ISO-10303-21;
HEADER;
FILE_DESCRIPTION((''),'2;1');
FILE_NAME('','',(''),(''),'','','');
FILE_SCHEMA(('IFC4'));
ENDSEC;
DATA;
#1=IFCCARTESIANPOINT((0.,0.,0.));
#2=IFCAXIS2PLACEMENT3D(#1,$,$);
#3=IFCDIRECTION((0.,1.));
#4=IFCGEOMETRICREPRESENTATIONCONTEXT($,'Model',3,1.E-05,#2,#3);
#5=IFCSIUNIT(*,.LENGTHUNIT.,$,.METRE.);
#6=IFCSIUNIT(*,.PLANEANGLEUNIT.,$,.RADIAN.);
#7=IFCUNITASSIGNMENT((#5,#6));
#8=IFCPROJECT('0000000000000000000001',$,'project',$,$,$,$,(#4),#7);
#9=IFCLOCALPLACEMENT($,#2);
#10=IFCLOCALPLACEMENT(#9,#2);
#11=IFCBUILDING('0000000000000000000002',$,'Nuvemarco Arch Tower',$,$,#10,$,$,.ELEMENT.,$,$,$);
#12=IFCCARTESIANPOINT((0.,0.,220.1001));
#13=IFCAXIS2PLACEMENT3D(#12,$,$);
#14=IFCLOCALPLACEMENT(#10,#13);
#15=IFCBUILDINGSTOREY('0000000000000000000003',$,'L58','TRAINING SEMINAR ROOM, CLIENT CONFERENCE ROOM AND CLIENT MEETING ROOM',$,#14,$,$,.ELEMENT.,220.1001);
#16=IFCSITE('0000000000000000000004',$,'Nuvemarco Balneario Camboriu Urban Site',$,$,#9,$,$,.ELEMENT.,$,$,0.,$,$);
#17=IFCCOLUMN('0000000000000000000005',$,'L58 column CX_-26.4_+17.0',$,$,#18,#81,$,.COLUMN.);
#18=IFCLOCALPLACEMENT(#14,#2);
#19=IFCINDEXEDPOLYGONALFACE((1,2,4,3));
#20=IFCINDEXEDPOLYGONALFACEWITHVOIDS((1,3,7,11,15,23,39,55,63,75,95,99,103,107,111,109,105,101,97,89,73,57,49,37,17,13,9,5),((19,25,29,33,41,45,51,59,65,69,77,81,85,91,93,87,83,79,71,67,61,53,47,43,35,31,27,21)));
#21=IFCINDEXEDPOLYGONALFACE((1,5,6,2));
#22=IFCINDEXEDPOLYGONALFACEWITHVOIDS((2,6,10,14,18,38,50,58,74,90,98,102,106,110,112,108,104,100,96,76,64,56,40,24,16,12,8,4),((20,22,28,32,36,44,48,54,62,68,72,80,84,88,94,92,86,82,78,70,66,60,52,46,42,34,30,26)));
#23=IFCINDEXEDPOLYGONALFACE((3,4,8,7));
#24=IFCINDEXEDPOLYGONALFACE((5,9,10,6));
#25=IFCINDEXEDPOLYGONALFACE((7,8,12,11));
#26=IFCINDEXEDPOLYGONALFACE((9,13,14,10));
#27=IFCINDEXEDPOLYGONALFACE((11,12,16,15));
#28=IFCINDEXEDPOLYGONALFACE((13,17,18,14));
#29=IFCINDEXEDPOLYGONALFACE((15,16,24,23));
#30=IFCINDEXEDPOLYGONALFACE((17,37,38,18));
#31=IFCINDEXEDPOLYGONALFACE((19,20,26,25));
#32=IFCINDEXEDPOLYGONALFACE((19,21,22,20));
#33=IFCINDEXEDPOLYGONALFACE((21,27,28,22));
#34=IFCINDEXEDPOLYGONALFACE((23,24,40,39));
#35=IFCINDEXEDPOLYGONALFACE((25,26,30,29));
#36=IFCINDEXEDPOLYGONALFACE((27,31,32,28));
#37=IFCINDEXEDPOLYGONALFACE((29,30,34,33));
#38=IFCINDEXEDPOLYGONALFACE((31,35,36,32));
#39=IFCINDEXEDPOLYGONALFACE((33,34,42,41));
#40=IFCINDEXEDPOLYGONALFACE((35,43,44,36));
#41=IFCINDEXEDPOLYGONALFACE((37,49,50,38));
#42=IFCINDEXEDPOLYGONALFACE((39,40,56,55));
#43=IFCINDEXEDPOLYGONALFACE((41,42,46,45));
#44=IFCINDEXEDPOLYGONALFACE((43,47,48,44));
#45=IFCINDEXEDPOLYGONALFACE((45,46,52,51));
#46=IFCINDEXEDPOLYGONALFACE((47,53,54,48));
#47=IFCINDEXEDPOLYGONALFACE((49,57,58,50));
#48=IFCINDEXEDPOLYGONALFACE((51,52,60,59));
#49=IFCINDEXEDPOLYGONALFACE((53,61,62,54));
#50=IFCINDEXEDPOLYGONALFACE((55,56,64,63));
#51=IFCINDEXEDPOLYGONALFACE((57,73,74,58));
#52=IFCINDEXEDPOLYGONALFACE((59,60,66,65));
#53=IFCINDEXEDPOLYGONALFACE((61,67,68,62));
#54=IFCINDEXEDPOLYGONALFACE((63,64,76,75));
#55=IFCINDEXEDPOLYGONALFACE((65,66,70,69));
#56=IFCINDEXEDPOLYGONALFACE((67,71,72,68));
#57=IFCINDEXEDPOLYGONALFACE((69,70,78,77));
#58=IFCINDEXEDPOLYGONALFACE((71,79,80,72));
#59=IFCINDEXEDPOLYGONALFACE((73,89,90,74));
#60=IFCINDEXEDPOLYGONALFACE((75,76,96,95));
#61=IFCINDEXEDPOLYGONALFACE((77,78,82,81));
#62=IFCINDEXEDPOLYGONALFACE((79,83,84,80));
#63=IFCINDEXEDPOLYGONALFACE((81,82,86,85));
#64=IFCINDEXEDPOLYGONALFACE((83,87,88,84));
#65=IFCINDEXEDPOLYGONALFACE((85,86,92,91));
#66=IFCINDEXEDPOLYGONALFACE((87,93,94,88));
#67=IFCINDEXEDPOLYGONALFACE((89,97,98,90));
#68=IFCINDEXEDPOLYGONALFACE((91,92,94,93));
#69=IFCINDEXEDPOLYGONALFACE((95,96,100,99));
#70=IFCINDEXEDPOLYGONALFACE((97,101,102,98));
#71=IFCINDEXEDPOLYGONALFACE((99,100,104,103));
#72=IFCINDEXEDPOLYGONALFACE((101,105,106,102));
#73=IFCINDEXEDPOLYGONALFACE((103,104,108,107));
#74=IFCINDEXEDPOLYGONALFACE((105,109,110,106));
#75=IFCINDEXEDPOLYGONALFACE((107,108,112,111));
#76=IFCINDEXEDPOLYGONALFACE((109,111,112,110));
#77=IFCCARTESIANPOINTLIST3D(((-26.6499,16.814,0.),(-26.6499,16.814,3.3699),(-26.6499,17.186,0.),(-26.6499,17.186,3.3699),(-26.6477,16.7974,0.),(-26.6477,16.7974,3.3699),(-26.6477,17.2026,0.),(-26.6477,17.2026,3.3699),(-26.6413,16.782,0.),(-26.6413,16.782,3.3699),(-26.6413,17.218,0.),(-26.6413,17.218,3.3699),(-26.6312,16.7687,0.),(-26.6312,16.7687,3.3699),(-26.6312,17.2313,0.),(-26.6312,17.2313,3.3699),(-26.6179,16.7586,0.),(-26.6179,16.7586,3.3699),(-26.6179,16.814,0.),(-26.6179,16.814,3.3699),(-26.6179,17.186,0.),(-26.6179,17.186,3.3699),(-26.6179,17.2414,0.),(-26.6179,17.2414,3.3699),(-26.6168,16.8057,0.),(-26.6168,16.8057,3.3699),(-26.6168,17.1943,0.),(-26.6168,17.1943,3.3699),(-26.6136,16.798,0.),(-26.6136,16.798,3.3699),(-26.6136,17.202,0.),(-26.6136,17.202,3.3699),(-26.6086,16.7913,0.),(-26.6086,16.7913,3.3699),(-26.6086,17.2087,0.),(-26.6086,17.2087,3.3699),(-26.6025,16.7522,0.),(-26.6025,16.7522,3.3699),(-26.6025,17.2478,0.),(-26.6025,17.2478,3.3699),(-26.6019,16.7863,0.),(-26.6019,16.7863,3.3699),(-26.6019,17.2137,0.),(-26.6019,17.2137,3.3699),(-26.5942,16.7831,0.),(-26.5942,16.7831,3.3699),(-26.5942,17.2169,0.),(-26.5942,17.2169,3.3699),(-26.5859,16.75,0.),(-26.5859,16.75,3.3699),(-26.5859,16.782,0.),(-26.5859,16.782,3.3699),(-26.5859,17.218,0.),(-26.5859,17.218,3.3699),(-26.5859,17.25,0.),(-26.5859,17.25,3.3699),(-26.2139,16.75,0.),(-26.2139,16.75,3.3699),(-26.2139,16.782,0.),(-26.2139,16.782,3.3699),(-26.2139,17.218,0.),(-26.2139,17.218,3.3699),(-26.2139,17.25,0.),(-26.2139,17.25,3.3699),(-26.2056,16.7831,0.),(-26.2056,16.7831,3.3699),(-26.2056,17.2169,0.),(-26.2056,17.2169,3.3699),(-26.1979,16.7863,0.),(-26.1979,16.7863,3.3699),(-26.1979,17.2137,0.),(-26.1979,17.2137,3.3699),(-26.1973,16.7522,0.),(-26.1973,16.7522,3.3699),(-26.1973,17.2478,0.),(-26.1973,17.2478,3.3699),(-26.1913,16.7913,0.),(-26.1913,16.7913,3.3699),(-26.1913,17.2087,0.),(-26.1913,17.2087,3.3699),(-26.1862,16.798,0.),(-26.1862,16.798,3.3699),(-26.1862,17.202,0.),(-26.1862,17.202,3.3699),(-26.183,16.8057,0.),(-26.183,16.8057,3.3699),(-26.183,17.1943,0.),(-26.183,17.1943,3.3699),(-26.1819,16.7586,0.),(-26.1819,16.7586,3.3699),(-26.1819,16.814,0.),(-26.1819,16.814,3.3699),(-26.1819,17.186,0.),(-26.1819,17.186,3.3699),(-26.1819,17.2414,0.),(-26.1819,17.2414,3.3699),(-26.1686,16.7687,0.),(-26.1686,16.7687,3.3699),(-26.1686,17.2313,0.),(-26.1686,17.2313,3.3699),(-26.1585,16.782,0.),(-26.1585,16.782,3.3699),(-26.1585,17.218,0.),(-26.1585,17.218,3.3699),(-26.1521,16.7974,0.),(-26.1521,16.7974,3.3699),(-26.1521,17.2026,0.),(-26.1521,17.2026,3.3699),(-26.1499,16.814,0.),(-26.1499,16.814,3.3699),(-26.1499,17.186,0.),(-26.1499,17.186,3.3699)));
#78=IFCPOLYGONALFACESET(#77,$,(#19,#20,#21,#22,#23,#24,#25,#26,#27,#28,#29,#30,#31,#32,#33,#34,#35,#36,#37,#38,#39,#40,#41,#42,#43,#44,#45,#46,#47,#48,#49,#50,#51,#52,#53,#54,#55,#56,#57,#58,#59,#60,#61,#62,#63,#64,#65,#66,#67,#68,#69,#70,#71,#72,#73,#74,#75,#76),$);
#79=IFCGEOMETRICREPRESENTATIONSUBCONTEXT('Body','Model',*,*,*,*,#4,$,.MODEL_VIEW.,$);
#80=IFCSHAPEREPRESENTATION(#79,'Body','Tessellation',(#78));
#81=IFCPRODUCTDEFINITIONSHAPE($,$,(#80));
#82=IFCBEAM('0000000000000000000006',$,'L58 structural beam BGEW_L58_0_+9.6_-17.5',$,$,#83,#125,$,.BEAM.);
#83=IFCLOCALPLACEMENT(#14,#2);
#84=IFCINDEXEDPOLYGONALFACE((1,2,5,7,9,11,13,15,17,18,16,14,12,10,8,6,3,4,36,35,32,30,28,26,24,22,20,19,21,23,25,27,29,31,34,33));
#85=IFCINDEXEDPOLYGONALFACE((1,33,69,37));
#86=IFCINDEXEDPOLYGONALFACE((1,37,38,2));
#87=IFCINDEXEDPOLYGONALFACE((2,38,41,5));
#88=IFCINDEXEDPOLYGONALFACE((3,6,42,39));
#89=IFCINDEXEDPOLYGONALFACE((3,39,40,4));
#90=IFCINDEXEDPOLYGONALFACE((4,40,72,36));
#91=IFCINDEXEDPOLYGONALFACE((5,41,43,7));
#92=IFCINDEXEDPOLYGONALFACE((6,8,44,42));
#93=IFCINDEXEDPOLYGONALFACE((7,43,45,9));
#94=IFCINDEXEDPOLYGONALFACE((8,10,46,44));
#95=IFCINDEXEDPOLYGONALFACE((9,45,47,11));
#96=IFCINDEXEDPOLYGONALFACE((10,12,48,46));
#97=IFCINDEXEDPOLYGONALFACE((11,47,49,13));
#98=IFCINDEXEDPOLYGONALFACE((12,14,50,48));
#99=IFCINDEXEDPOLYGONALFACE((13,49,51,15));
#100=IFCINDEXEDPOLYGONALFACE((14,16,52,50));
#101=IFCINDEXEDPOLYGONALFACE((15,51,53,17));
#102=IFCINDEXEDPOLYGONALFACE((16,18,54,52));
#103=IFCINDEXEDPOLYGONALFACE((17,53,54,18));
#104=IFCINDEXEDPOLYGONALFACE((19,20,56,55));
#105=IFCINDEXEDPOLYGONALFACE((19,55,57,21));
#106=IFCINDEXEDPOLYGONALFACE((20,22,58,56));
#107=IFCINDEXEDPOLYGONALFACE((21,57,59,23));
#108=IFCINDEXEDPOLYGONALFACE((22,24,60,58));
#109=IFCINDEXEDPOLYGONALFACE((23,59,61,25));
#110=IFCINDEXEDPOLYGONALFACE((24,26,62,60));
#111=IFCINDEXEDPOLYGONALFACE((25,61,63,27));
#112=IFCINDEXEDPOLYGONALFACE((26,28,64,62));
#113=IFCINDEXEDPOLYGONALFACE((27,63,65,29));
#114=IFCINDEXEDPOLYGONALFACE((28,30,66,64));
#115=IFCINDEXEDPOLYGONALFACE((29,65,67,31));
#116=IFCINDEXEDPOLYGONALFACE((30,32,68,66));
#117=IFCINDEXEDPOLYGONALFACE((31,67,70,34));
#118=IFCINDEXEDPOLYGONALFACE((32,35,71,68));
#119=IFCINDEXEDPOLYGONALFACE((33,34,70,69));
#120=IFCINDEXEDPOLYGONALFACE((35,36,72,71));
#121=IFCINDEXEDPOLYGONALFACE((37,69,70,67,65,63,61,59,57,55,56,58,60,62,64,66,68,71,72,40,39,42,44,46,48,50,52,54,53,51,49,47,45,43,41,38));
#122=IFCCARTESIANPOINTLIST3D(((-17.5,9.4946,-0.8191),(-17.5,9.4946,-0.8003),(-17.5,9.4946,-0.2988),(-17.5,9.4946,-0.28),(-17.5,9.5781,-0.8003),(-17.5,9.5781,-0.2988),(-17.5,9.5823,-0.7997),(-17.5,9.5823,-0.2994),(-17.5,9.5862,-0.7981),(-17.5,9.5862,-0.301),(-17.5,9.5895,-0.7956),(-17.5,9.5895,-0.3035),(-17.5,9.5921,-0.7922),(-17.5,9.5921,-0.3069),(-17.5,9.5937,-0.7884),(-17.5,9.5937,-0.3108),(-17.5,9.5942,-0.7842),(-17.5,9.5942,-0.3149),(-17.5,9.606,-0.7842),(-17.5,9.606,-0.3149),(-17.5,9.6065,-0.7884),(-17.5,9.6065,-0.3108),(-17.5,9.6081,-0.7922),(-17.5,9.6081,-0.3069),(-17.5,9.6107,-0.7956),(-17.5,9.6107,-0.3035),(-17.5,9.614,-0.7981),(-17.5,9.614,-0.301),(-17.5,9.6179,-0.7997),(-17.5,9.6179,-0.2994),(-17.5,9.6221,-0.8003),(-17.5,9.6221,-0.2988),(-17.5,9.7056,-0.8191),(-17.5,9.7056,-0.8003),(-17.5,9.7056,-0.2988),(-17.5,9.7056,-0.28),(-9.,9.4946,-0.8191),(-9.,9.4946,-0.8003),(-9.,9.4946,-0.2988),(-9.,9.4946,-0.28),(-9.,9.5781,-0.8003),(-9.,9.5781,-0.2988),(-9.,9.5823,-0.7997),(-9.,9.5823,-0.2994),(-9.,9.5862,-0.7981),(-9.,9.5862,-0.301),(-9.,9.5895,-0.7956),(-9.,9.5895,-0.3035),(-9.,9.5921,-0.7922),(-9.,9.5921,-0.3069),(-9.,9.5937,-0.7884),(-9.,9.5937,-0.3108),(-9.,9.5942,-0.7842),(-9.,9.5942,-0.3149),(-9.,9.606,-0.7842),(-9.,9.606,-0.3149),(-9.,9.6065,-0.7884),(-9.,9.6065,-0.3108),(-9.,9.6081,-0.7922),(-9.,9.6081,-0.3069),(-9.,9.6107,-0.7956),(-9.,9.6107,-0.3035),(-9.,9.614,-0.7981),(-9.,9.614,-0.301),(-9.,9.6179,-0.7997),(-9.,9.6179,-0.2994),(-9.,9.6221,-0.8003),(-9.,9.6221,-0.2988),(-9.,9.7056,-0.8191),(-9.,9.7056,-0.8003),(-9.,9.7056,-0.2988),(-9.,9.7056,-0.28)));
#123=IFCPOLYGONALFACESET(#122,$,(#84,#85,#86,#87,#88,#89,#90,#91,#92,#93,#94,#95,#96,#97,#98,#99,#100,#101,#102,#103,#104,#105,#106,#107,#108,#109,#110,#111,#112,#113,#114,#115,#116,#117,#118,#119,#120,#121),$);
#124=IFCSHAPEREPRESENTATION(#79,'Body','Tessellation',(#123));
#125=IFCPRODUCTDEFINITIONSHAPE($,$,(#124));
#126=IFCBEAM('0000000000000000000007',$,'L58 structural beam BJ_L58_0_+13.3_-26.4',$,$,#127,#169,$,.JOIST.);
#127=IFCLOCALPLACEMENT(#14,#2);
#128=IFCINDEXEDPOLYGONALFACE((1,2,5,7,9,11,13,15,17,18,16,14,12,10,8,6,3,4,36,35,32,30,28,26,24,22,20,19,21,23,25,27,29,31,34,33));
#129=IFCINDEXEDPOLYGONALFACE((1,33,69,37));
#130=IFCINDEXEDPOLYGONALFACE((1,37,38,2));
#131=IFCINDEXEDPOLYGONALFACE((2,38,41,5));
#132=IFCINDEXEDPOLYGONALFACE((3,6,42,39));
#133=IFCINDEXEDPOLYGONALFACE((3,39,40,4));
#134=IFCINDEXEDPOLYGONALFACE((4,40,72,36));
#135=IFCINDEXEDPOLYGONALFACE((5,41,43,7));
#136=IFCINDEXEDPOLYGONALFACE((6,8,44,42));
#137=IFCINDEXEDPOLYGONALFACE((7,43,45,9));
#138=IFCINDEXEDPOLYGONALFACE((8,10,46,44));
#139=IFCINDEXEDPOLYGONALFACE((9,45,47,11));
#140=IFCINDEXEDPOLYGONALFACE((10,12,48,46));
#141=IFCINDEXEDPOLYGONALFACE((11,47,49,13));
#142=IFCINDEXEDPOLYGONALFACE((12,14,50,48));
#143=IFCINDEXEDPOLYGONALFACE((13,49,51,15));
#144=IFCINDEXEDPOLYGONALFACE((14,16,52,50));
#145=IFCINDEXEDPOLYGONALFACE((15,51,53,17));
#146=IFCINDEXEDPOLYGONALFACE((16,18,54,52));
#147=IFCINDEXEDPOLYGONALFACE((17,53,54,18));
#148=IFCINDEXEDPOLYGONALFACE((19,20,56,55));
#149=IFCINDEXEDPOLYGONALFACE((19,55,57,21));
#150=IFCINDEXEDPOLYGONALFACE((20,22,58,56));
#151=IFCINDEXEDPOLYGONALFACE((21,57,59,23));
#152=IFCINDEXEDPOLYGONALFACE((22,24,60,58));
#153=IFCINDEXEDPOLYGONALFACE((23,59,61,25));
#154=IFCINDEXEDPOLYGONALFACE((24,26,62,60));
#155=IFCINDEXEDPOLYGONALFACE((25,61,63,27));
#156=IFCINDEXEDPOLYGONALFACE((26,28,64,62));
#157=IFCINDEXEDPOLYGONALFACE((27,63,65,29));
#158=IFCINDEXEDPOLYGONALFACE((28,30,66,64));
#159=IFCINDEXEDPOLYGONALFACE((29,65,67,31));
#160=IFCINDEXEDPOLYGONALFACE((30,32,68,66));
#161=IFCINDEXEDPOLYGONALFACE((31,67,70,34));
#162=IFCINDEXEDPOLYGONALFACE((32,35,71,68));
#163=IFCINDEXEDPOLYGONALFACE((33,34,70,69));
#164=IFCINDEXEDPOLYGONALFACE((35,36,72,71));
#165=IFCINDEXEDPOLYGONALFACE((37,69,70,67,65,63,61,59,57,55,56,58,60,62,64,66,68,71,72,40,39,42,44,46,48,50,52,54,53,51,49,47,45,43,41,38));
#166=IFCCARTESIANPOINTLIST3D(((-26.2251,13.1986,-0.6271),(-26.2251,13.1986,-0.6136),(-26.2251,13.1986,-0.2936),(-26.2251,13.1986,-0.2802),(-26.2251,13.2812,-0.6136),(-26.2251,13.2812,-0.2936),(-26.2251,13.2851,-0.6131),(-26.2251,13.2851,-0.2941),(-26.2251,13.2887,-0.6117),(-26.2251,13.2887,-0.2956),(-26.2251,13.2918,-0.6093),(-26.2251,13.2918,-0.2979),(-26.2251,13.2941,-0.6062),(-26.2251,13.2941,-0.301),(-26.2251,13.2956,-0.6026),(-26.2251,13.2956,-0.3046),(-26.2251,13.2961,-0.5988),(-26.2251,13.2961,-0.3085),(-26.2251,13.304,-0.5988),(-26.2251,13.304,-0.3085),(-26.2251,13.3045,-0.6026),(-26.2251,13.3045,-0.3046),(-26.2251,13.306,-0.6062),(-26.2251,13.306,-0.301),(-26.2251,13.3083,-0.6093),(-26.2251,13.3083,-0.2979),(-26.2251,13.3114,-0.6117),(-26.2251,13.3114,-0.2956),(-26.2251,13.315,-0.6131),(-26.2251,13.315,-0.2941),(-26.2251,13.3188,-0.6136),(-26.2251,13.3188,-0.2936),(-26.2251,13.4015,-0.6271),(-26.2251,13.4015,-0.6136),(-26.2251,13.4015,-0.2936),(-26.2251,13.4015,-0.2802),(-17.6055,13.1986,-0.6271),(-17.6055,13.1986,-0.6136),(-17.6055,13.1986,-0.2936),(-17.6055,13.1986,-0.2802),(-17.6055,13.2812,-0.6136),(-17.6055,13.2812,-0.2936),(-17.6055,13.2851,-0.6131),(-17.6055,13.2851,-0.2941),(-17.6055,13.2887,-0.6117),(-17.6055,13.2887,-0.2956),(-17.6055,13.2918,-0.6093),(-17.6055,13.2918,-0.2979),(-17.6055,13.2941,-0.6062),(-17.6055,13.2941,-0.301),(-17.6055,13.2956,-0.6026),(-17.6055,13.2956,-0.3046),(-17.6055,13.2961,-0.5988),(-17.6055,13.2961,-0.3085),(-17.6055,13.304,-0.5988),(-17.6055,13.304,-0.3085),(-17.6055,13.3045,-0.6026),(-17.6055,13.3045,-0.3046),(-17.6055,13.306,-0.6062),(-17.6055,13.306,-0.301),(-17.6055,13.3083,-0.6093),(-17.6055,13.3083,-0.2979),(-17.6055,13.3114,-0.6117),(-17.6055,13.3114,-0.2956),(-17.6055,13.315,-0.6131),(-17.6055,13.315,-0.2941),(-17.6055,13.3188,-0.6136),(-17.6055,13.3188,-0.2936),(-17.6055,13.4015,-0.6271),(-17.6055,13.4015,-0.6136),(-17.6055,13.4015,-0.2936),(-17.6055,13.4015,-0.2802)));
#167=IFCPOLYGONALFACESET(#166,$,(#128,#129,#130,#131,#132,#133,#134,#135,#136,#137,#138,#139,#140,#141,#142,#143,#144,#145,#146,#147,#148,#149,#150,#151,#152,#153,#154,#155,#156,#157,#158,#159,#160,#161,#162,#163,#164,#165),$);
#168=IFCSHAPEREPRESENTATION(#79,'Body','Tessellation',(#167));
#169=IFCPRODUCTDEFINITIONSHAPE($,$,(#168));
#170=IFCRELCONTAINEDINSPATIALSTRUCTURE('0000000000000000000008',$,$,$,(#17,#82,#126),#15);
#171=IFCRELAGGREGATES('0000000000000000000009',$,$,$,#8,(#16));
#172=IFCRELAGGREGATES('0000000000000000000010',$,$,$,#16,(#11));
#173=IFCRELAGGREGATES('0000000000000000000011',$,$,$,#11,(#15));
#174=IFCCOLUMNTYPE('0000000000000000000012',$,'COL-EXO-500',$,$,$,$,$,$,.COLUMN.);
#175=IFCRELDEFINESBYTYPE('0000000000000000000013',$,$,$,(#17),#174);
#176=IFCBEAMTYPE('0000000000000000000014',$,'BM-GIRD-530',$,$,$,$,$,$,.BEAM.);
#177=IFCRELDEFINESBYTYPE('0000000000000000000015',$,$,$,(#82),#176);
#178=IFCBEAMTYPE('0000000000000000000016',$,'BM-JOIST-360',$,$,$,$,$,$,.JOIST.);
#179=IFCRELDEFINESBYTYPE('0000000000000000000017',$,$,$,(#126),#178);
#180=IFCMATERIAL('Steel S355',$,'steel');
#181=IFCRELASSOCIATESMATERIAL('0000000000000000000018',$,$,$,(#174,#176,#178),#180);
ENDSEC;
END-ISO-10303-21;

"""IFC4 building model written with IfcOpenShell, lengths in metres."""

from ifc_helpers import new_model, si_unit, direction, frame, origin, origin_2d, place, context, subcontext, project, spatial, hollow_rectangle, i_section, extrude, material, material_profile, profile_set, type_object, element, save


model = new_model("IFC4")

# Units and contexts
model_context = context("Model", 3, precision=1e-05, world=origin(), true_north=direction((0.0, 1.0)))
body_context = subcontext(model_context, "Body", "Model", "MODEL_VIEW")
ifc_project = project(units=[si_unit("LENGTHUNIT", "METRE"), si_unit("PLANEANGLEUNIT", "RADIAN")], contexts=[model_context])

# Site, building, storey
site_placement = place(None, origin())
site = spatial("IfcSite", under=ifc_project, at=site_placement, Name="Nuvemarco Balneario Camboriu Urban Site", CompositionType="ELEMENT", RefElevation=0.0)
building_placement = place(site_placement, origin())
building = spatial("IfcBuilding", under=site, at=building_placement, Name="Nuvemarco Arch Tower", CompositionType="ELEMENT")
storey_placement = place(building_placement, frame((0.0, 0.0, 220.1001)))
storey = spatial("IfcBuildingStorey", under=building, at=storey_placement, Name="L58", Description="TRAINING SEMINAR ROOM, CLIENT CONFERENCE ROOM AND CLIENT MEETING ROOM", CompositionType="ELEMENT", Elevation=220.1001)

# Column
ifc_material_1 = material(Name="Steel S355", Category="steel")
ifc_material_profile_1 = material_profile(ifc_material_1, hollow_rectangle(XDim=0.5, YDim=0.5, WallThickness=0.032, InnerFilletRadius=0.032, OuterFilletRadius=0.064, at=origin_2d()), Name="SHS500x500x32")
ifc_profile_set_1 = profile_set([ifc_material_profile_1], Name="Steel S355")
column_type = type_object("IfcColumnType", Name="COL-EXO-500", PredefinedType="COLUMN", material=ifc_profile_set_1)
column_placement = place(storey_placement, frame((-26.3999, 17.0, 0.0), z_axis=(0.0, 0.0, 1.0), x_axis=(1.0, 0.0, 0.0)))
element("IfcColumn", 1, at=column_placement, inside=storey, type_object=column_type, Name="L58 column CX_-26.4_+17.0", PredefinedType="COLUMN", context=body_context, shape_type="SweptSolid", body=[
    extrude(hollow_rectangle(XDim=0.5, YDim=0.5, WallThickness=0.032, InnerFilletRadius=0.032, OuterFilletRadius=0.064, at=origin_2d()), origin(), (0.0, 0.0, 1.0), 3.3699),
])

# Beams
ifc_material_profile_2 = material_profile(ifc_material_1, i_section(OverallWidth=0.2109, OverallDepth=0.5391, WebThickness=0.0117, FlangeThickness=0.0188, FilletRadius=0.0161, at=origin_2d()), Name="W530x109")
ifc_profile_set_2 = profile_set([ifc_material_profile_2], Name="Steel S355")
beam_type_1 = type_object("IfcBeamType", Name="BM-GIRD-530", PredefinedType="BEAM", material=ifc_profile_set_2)
beam_1_placement = place(storey_placement, frame((-17.5, 9.6001, -0.5496), z_axis=(1.0, 0.0, 0.0), x_axis=(0.0, 1.0, 0.0)))
element("IfcBeam", 2, at=beam_1_placement, inside=storey, type_object=beam_type_1, Name="L58 structural beam BGEW_L58_0_+9.6_-17.5", PredefinedType="BEAM", context=body_context, shape_type="SweptSolid", body=[
    extrude(i_section(OverallWidth=0.2109, OverallDepth=0.5391, WebThickness=0.0117, FlangeThickness=0.0188, FilletRadius=0.0161, at=origin_2d()), origin(), (0.0, 0.0, 1.0), 8.5),
])
ifc_material_profile_3 = material_profile(ifc_material_1, i_section(OverallWidth=0.2029, OverallDepth=0.3469, WebThickness=0.0078, FlangeThickness=0.0134, FilletRadius=0.0149, at=origin_2d()), Name="W360x64")
ifc_profile_set_3 = profile_set([ifc_material_profile_3], Name="Steel S355")
beam_type_2 = type_object("IfcBeamType", Name="BM-JOIST-360", PredefinedType="JOIST", material=ifc_profile_set_3)
beam_2_placement = place(storey_placement, frame((-26.2251, 13.3, -0.4536), z_axis=(1.0, 0.0, 0.0), x_axis=(0.0, 1.0, 0.0)))
element("IfcBeam", 3, at=beam_2_placement, inside=storey, type_object=beam_type_2, Name="L58 structural beam BJ_L58_0_+13.3_-26.4", PredefinedType="JOIST", context=body_context, shape_type="SweptSolid", body=[
    extrude(i_section(OverallWidth=0.2029, OverallDepth=0.3469, WebThickness=0.0078, FlangeThickness=0.0134, FilletRadius=0.0149, at=origin_2d()), origin(), (0.0, 0.0, 1.0), 8.6196),
])

save(model, "model.ifc")
